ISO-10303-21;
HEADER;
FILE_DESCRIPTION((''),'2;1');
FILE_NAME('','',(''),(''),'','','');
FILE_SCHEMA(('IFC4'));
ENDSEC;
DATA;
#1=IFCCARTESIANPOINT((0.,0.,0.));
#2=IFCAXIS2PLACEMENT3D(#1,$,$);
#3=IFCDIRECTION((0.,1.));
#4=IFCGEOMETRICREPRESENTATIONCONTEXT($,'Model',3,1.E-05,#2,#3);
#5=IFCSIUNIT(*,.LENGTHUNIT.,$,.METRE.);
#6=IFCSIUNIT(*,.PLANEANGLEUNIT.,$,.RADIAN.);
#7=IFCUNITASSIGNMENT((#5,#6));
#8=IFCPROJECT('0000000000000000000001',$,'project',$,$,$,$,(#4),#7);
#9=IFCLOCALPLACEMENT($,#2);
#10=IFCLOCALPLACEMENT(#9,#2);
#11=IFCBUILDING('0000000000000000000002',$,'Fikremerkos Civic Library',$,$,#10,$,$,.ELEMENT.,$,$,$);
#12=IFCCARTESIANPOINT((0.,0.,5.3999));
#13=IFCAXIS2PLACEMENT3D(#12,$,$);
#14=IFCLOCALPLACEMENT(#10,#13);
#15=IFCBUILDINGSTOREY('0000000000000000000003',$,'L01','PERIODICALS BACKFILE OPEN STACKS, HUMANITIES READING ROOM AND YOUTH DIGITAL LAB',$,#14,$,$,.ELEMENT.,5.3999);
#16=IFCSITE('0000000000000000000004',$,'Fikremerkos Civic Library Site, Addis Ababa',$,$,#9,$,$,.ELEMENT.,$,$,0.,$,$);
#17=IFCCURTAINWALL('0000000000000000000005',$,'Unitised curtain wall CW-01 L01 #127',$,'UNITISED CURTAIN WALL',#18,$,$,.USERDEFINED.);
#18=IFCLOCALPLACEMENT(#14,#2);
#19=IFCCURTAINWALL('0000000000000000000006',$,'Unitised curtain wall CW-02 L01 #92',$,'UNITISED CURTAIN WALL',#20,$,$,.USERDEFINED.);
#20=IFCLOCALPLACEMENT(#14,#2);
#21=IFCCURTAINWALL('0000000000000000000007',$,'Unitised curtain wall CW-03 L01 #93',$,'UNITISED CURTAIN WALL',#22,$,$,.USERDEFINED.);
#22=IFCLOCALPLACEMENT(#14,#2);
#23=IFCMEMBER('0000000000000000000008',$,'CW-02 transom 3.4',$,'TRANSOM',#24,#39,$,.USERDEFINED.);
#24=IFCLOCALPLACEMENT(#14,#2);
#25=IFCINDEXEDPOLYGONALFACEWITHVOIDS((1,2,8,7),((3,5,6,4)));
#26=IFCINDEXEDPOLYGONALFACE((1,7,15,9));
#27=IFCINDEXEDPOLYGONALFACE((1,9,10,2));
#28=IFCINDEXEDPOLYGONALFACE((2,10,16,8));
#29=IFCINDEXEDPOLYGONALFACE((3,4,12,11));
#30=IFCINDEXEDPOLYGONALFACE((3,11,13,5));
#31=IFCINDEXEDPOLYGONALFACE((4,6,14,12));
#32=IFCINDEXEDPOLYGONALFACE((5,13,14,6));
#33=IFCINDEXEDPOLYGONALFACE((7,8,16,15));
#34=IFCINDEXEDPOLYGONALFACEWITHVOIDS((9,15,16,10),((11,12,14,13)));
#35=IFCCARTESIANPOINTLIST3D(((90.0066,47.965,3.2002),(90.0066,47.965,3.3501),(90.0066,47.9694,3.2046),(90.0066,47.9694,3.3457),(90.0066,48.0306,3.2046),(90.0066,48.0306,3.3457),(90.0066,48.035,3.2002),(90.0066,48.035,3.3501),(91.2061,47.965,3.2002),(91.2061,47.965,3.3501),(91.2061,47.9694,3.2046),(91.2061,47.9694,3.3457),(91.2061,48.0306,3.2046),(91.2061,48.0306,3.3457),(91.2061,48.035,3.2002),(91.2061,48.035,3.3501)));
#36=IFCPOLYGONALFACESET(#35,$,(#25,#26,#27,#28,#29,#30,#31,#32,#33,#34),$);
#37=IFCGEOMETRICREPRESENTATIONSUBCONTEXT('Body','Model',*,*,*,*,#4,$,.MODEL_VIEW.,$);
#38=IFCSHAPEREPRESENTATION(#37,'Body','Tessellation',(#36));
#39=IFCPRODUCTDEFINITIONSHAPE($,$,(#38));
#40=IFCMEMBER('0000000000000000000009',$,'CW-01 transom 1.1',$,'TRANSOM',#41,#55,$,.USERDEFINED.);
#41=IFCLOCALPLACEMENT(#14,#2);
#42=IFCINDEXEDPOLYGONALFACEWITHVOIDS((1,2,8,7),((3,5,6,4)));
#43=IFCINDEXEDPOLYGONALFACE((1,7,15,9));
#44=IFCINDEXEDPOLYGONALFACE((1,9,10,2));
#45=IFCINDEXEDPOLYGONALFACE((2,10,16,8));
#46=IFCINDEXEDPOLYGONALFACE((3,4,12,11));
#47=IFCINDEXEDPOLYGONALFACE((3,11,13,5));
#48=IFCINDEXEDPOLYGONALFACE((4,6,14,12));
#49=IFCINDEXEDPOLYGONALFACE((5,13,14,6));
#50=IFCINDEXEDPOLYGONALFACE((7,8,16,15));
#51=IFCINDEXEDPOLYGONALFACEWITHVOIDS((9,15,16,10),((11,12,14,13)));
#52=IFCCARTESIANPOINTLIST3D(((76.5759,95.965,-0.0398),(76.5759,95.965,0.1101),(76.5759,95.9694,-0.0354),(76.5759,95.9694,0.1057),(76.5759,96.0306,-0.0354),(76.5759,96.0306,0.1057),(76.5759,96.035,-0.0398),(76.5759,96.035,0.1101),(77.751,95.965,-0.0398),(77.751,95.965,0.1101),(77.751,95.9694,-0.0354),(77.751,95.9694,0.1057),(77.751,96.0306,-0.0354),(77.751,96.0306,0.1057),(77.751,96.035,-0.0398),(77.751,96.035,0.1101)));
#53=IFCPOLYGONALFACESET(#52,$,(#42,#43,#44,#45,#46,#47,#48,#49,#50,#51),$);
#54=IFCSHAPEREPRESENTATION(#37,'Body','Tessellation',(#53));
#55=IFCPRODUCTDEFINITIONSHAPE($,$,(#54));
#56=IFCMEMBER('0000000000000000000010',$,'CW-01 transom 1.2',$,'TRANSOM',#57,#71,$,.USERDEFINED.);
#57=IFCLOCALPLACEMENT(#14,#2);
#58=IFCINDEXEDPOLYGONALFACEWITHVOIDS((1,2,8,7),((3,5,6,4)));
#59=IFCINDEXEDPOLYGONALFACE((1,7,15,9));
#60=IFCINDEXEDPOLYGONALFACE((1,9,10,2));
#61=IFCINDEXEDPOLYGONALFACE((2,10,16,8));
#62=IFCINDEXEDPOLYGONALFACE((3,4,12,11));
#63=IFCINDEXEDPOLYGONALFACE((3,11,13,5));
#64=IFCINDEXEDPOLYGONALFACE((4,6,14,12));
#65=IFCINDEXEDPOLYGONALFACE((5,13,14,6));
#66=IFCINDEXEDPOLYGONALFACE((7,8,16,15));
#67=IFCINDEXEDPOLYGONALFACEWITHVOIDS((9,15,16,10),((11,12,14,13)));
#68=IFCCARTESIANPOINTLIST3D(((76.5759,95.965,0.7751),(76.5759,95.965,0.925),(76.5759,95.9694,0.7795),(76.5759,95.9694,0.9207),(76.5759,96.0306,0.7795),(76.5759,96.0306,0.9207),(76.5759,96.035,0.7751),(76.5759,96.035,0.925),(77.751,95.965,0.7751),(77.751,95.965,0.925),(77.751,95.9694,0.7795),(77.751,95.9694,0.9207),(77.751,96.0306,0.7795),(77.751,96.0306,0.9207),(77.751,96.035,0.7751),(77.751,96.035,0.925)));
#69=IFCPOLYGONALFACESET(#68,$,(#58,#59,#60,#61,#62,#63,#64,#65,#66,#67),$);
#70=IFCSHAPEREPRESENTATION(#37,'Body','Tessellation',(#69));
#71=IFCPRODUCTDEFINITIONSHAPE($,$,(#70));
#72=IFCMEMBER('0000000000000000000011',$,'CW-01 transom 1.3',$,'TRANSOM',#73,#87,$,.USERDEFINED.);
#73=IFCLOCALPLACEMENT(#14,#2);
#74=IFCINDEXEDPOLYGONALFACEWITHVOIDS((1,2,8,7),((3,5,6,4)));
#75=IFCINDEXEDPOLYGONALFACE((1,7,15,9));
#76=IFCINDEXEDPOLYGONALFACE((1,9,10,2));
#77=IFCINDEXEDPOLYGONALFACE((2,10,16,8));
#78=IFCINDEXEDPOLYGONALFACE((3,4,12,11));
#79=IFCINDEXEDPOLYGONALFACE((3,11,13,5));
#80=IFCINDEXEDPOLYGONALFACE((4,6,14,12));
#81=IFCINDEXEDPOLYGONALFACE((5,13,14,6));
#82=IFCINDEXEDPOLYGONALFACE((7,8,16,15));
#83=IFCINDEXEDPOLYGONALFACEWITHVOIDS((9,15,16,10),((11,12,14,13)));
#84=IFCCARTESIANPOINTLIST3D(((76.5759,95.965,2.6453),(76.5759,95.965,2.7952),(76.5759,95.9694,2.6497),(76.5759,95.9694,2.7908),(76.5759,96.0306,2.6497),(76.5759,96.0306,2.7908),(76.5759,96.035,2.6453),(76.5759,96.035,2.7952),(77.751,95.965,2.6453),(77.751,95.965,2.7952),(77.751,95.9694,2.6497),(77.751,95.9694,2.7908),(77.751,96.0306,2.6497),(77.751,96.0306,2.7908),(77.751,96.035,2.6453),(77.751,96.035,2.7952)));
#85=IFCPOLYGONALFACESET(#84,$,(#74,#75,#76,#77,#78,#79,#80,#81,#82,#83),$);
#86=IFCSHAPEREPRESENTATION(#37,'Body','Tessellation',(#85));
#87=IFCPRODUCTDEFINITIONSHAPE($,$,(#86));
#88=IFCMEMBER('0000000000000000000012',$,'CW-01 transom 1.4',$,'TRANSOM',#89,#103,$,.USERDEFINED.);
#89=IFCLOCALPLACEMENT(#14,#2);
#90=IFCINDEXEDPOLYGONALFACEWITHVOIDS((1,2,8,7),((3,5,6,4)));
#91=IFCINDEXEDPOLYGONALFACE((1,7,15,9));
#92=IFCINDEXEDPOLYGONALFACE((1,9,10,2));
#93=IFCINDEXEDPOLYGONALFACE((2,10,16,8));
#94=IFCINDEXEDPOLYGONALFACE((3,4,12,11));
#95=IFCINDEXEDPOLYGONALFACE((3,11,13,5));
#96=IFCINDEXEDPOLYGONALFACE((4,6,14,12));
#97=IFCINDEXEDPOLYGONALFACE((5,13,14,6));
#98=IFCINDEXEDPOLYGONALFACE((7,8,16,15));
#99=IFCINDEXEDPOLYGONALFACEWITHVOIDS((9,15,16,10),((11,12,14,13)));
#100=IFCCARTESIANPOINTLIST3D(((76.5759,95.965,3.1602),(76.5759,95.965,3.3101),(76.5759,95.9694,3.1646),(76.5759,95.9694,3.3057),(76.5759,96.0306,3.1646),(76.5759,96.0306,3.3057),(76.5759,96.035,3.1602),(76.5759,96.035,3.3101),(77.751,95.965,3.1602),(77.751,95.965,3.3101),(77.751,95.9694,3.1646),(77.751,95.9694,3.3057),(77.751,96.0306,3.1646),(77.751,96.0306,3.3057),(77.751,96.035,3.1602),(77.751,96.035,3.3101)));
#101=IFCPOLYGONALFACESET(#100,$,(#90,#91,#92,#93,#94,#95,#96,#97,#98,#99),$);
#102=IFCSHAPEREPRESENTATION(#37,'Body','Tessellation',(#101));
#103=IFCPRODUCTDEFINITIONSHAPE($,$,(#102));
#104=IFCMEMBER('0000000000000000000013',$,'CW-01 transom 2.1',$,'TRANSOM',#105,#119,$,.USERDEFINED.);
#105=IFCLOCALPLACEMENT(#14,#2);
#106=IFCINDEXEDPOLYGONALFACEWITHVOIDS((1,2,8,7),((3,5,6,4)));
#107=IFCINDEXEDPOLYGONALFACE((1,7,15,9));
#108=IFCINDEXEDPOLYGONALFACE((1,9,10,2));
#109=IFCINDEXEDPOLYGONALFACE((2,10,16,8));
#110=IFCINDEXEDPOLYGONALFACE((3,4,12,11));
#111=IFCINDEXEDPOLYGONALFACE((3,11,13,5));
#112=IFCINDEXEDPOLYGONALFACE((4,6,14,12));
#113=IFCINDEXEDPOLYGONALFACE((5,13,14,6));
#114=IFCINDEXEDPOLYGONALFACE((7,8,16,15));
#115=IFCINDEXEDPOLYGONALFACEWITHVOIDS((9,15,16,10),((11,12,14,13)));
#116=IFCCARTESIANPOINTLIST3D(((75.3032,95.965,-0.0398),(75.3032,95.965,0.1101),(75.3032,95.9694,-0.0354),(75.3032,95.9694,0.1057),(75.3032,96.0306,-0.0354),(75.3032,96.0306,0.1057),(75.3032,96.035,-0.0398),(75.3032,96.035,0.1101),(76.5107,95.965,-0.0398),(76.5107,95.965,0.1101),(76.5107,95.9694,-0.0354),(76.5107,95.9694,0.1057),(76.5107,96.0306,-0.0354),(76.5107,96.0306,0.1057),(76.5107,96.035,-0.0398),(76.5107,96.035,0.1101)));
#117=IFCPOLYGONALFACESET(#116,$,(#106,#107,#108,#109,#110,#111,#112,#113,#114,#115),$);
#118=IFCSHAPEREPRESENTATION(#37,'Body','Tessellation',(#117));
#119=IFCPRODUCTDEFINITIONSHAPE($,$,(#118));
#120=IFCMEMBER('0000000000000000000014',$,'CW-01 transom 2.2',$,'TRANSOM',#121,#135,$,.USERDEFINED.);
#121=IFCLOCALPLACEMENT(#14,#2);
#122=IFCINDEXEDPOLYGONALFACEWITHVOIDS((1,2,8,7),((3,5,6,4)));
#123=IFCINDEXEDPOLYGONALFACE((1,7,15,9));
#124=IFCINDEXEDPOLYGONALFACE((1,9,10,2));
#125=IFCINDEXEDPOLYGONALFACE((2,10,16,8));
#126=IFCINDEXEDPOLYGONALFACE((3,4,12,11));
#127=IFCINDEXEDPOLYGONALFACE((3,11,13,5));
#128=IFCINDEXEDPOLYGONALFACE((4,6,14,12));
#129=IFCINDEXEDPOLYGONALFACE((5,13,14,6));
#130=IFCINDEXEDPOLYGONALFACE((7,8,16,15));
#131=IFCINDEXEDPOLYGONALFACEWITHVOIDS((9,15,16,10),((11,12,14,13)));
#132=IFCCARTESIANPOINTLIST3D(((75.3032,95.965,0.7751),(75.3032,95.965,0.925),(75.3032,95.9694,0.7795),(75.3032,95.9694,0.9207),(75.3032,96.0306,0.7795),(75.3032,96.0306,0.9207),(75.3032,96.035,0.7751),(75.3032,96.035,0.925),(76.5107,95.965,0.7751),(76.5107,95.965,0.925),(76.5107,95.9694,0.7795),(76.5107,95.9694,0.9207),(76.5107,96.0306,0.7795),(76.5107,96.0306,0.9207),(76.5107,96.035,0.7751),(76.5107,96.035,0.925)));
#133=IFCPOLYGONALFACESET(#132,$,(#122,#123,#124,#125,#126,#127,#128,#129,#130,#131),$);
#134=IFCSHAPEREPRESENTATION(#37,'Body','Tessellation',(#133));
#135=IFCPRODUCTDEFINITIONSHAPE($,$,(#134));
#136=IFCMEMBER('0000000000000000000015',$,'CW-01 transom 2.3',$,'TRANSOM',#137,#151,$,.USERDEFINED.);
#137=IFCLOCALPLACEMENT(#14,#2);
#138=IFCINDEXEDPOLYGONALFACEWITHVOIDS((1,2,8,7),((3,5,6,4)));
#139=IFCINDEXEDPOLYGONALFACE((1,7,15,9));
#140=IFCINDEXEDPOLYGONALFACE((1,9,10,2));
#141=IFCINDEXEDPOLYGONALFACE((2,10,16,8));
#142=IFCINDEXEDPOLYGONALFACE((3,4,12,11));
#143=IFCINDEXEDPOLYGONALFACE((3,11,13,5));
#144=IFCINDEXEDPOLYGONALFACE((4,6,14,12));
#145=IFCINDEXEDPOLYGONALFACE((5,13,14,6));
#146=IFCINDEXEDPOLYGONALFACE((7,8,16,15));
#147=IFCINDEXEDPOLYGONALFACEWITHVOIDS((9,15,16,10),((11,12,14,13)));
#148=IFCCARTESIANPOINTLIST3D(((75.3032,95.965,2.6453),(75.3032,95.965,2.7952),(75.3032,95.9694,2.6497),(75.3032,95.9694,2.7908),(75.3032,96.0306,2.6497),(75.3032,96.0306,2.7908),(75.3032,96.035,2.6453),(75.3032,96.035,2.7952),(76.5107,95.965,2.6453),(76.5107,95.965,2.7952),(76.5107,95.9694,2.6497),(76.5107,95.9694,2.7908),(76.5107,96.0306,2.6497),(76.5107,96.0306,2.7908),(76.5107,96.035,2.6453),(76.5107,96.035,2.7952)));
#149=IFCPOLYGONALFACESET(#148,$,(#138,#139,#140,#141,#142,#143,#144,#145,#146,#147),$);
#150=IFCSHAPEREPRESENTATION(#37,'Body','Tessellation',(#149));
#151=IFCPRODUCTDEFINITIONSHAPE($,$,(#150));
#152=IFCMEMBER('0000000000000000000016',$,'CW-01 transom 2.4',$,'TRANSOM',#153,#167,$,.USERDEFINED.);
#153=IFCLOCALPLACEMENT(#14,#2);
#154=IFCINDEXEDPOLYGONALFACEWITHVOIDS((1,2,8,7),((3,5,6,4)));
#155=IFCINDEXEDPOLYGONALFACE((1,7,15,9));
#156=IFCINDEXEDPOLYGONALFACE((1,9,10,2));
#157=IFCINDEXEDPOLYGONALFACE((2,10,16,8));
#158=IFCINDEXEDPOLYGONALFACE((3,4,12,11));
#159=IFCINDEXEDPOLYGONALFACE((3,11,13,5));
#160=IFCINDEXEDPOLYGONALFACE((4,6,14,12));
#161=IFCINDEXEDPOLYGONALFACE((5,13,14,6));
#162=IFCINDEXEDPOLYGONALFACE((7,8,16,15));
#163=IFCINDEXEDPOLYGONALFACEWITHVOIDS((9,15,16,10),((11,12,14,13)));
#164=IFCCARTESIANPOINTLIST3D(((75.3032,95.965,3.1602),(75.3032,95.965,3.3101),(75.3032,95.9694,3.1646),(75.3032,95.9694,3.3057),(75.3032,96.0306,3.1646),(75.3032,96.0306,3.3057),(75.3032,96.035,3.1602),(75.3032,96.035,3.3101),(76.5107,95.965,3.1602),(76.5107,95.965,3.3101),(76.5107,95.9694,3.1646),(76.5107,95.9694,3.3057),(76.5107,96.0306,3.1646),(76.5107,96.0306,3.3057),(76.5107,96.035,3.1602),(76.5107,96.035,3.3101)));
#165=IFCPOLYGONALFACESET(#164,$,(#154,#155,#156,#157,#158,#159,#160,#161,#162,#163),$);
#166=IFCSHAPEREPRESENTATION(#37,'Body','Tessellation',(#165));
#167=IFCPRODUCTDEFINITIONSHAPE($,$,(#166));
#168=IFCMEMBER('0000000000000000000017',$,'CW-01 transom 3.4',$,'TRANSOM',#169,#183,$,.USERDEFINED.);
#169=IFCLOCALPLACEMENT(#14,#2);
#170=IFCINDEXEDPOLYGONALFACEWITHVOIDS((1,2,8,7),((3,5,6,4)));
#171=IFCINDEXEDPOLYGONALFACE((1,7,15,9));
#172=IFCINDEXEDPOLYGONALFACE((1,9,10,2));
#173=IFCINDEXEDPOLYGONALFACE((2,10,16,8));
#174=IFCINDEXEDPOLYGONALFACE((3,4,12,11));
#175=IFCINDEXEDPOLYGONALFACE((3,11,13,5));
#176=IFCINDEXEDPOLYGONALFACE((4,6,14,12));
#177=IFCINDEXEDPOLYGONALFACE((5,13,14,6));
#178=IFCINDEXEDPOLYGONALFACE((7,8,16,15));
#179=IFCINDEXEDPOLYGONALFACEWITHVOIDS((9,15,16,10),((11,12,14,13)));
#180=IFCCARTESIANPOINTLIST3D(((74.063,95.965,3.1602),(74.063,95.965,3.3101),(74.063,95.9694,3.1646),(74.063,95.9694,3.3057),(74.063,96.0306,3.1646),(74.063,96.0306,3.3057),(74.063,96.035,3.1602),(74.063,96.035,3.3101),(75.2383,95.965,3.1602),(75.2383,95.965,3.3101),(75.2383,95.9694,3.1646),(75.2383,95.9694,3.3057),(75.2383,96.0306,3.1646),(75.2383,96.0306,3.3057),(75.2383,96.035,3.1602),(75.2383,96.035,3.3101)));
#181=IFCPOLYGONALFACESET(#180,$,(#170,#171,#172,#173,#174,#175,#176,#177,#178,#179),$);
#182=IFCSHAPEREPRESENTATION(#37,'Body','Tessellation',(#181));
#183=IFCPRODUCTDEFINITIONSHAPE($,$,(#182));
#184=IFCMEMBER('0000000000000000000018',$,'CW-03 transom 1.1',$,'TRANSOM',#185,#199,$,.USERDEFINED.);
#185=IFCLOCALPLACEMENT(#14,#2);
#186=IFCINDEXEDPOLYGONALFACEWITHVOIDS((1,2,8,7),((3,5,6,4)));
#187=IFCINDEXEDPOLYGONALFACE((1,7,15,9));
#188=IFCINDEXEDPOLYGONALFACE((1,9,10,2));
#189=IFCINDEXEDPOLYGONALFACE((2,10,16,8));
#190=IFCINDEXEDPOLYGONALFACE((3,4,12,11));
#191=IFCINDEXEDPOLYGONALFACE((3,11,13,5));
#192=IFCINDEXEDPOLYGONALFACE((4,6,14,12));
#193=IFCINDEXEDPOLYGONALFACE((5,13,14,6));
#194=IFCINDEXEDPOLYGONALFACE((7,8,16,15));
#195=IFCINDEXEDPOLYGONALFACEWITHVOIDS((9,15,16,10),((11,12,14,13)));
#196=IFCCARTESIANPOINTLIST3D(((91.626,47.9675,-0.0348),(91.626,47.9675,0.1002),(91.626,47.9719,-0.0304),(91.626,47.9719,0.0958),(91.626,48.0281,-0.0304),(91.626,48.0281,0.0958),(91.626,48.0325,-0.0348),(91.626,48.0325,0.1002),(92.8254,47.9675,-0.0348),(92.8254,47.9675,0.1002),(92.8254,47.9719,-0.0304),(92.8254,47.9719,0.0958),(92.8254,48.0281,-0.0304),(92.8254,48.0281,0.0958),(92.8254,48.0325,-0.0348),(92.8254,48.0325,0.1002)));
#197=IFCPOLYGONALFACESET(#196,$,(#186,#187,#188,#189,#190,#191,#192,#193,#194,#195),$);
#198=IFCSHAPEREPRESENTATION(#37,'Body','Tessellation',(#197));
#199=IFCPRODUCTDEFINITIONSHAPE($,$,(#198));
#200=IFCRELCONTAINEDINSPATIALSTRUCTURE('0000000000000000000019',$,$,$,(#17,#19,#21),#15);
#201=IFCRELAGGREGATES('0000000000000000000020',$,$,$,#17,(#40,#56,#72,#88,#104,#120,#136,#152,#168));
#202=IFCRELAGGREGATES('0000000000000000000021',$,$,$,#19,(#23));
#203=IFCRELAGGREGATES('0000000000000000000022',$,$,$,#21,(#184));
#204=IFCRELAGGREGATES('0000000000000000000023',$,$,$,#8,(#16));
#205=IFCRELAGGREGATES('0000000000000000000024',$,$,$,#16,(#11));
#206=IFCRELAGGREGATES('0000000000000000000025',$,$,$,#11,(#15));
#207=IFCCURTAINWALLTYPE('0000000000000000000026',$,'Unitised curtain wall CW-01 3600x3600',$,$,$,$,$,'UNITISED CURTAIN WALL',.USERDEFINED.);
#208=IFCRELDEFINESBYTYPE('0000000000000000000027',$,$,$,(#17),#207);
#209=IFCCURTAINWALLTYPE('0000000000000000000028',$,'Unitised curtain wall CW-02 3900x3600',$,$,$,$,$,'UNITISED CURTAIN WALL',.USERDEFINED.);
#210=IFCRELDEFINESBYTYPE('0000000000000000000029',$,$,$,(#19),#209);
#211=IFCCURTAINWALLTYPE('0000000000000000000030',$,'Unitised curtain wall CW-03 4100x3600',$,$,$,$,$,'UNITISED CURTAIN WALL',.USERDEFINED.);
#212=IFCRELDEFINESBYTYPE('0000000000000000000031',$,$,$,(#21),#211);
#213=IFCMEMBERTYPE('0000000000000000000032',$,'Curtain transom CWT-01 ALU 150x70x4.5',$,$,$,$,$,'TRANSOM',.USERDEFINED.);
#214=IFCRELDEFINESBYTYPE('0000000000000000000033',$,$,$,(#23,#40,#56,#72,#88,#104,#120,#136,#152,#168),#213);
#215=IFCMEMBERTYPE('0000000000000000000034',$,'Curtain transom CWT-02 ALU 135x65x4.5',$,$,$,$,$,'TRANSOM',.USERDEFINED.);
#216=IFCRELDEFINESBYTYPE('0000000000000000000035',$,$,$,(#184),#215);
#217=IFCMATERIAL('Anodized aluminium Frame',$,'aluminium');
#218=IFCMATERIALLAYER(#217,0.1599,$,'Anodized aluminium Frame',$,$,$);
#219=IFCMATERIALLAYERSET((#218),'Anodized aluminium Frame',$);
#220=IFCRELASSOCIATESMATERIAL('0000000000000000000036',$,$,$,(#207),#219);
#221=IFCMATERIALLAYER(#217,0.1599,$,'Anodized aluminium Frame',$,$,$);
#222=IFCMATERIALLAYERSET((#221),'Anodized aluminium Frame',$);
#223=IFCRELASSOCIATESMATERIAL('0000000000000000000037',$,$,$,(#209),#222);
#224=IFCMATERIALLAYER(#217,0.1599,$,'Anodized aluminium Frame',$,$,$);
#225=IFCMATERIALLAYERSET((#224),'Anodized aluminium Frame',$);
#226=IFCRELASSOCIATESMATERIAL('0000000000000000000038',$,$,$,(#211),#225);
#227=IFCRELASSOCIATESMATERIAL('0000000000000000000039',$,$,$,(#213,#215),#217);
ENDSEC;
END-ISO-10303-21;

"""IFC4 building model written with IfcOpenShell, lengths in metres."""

from ifc_helpers import new_model, si_unit, direction, frame, origin, origin_2d, place, context, subcontext, project, spatial, hollow_rectangle, extrude, material, layer, layer_set, material_profile, profile_set, type_object, element, aggregate, save


model = new_model("IFC4")

# Units and contexts
model_context = context("Model", 3, precision=1e-05, world=origin(), true_north=direction((0.0, 1.0)))
body_context = subcontext(model_context, "Body", "Model", "MODEL_VIEW")
ifc_project = project(units=[si_unit("LENGTHUNIT", "METRE"), si_unit("PLANEANGLEUNIT", "RADIAN")], contexts=[model_context])

# Site, building, storey
site_placement = place(None, origin())
site = spatial("IfcSite", under=ifc_project, at=site_placement, Name="Fikremerkos Civic Library Site, Addis Ababa", CompositionType="ELEMENT", RefElevation=0.0)
building_placement = place(site_placement, origin())
building = spatial("IfcBuilding", under=site, at=building_placement, Name="Fikremerkos Civic Library", CompositionType="ELEMENT")
storey_placement = place(building_placement, frame((0.0, 0.0, 5.3999)))
storey = spatial("IfcBuildingStorey", under=building, at=storey_placement, Name="L01", Description="PERIODICALS BACKFILE OPEN STACKS, HUMANITIES READING ROOM AND YOUTH DIGITAL LAB", CompositionType="ELEMENT", Elevation=5.3999)

# Curtain walls
ifc_material_1 = material(Name="Anodized aluminium Frame", Category="aluminium")
ifc_layer_1 = layer(ifc_material_1, 0.1599, Name="Anodized aluminium Frame")
ifc_layer_set_1 = layer_set([ifc_layer_1], Name="Anodized aluminium Frame")
curtain_wall_type_1 = type_object("IfcCurtainWallType", Name="Unitised curtain wall CW-01 3600x3600", ElementType="UNITISED CURTAIN WALL", PredefinedType="USERDEFINED", material=ifc_layer_set_1)
curtain_wall_1_placement = place(storey_placement, origin())
curtain_wall_1 = element("IfcCurtainWall", 1, at=curtain_wall_1_placement, inside=storey, type_object=curtain_wall_type_1, Name="Unitised curtain wall CW-01 L01 #127", ObjectType="UNITISED CURTAIN WALL", PredefinedType="USERDEFINED")
ifc_layer_2 = layer(ifc_material_1, 0.1599, Name="Anodized aluminium Frame")
ifc_layer_set_2 = layer_set([ifc_layer_2], Name="Anodized aluminium Frame")
curtain_wall_type_2 = type_object("IfcCurtainWallType", Name="Unitised curtain wall CW-02 3900x3600", ElementType="UNITISED CURTAIN WALL", PredefinedType="USERDEFINED", material=ifc_layer_set_2)
curtain_wall_2_placement = place(storey_placement, origin())
curtain_wall_2 = element("IfcCurtainWall", 2, at=curtain_wall_2_placement, inside=storey, type_object=curtain_wall_type_2, Name="Unitised curtain wall CW-02 L01 #92", ObjectType="UNITISED CURTAIN WALL", PredefinedType="USERDEFINED")

# Curtain wall
ifc_layer_3 = layer(ifc_material_1, 0.1599, Name="Anodized aluminium Frame")
ifc_layer_set_3 = layer_set([ifc_layer_3], Name="Anodized aluminium Frame")
curtain_wall_type_3 = type_object("IfcCurtainWallType", Name="Unitised curtain wall CW-03 4100x3600", ElementType="UNITISED CURTAIN WALL", PredefinedType="USERDEFINED", material=ifc_layer_set_3)
curtain_wall_3_placement = place(storey_placement, origin())
curtain_wall_3 = element("IfcCurtainWall", 3, at=curtain_wall_3_placement, inside=storey, type_object=curtain_wall_type_3, Name="Unitised curtain wall CW-03 L01 #93", ObjectType="UNITISED CURTAIN WALL", PredefinedType="USERDEFINED")

# Members
ifc_material_profile_1 = material_profile(ifc_material_1, hollow_rectangle(XDim=0.0701, YDim=0.1499, WallThickness=0.0044, at=origin_2d()), Name="ALU 150x70x4.5")
ifc_profile_set_1 = profile_set([ifc_material_profile_1], Name="Anodized aluminium Frame")
member_type_1 = type_object("IfcMemberType", Name="Curtain transom CWT-01 ALU 150x70x4.5", ElementType="TRANSOM", PredefinedType="USERDEFINED", material=ifc_profile_set_1)
member_1_placement = place(storey_placement, frame((90.0066, 48.0, 3.2751), z_axis=(1.0, 0.0, 0.0), x_axis=(0.0, 1.0, 0.0)))
member_1 = element("IfcMember", 4, at=member_1_placement, type_object=member_type_1, Name="CW-02 transom 3.4", ObjectType="TRANSOM", PredefinedType="USERDEFINED", context=body_context, shape_type="SweptSolid", body=[
    extrude(hollow_rectangle(XDim=0.0701, YDim=0.1499, WallThickness=0.0044, at=origin_2d()), origin(), (0.0, 0.0, 1.0), 1.1995),
])
member_2_placement = place(storey_placement, frame((77.751, 96.0, 0.0352), z_axis=(-1.0, 0.0, 0.0), x_axis=(0.0, -1.0, 0.0)))
member_2 = element("IfcMember", 5, at=member_2_placement, type_object=member_type_1, Name="CW-01 transom 1.1", ObjectType="TRANSOM", PredefinedType="USERDEFINED", context=body_context, shape_type="SweptSolid", body=[
    extrude(hollow_rectangle(XDim=0.0701, YDim=0.1499, WallThickness=0.0044, at=origin_2d()), origin(), (0.0, 0.0, 1.0), 1.175),
])
member_3_placement = place(storey_placement, frame((77.751, 96.0, 0.8501), z_axis=(-1.0, 0.0, 0.0), x_axis=(0.0, -1.0, 0.0)))
member_3 = element("IfcMember", 6, at=member_3_placement, type_object=member_type_1, Name="CW-01 transom 1.2", ObjectType="TRANSOM", PredefinedType="USERDEFINED", context=body_context, shape_type="SweptSolid", body=[
    extrude(hollow_rectangle(XDim=0.0701, YDim=0.1499, WallThickness=0.0044, at=origin_2d()), origin(), (0.0, 0.0, 1.0), 1.175),
])
member_4_placement = place(storey_placement, frame((77.751, 96.0, 2.7202), z_axis=(-1.0, 0.0, 0.0), x_axis=(0.0, -1.0, 0.0)))
member_4 = element("IfcMember", 7, at=member_4_placement, type_object=member_type_1, Name="CW-01 transom 1.3", ObjectType="TRANSOM", PredefinedType="USERDEFINED", context=body_context, shape_type="SweptSolid", body=[
    extrude(hollow_rectangle(XDim=0.0701, YDim=0.1499, WallThickness=0.0044, at=origin_2d()), origin(), (0.0, 0.0, 1.0), 1.175),
])
member_5_placement = place(storey_placement, frame((77.751, 96.0, 3.2351), z_axis=(-1.0, 0.0, 0.0), x_axis=(0.0, -1.0, 0.0)))
member_5 = element("IfcMember", 8, at=member_5_placement, type_object=member_type_1, Name="CW-01 transom 1.4", ObjectType="TRANSOM", PredefinedType="USERDEFINED", context=body_context, shape_type="SweptSolid", body=[
    extrude(hollow_rectangle(XDim=0.0701, YDim=0.1499, WallThickness=0.0044, at=origin_2d()), origin(), (0.0, 0.0, 1.0), 1.175),
])
member_6_placement = place(storey_placement, frame((76.5107, 96.0, 0.0352), z_axis=(-1.0, 0.0, 0.0), x_axis=(0.0, -1.0, 0.0)))
member_6 = element("IfcMember", 9, at=member_6_placement, type_object=member_type_1, Name="CW-01 transom 2.1", ObjectType="TRANSOM", PredefinedType="USERDEFINED", context=body_context, shape_type="SweptSolid", body=[
    extrude(hollow_rectangle(XDim=0.0701, YDim=0.1499, WallThickness=0.0044, at=origin_2d()), origin(), (0.0, 0.0, 1.0), 1.2075),
])
member_7_placement = place(storey_placement, frame((76.5107, 96.0, 0.8501), z_axis=(-1.0, 0.0, 0.0), x_axis=(0.0, -1.0, 0.0)))
member_7 = element("IfcMember", 10, at=member_7_placement, type_object=member_type_1, Name="CW-01 transom 2.2", ObjectType="TRANSOM", PredefinedType="USERDEFINED", context=body_context, shape_type="SweptSolid", body=[
    extrude(hollow_rectangle(XDim=0.0701, YDim=0.1499, WallThickness=0.0044, at=origin_2d()), origin(), (0.0, 0.0, 1.0), 1.2075),
])
member_8_placement = place(storey_placement, frame((76.5107, 96.0, 2.7202), z_axis=(-1.0, 0.0, 0.0), x_axis=(0.0, -1.0, 0.0)))
member_8 = element("IfcMember", 11, at=member_8_placement, type_object=member_type_1, Name="CW-01 transom 2.3", ObjectType="TRANSOM", PredefinedType="USERDEFINED", context=body_context, shape_type="SweptSolid", body=[
    extrude(hollow_rectangle(XDim=0.0701, YDim=0.1499, WallThickness=0.0044, at=origin_2d()), origin(), (0.0, 0.0, 1.0), 1.2075),
])
member_9_placement = place(storey_placement, frame((76.5107, 96.0, 3.2351), z_axis=(-1.0, 0.0, 0.0), x_axis=(0.0, -1.0, 0.0)))
member_9 = element("IfcMember", 12, at=member_9_placement, type_object=member_type_1, Name="CW-01 transom 2.4", ObjectType="TRANSOM", PredefinedType="USERDEFINED", context=body_context, shape_type="SweptSolid", body=[
    extrude(hollow_rectangle(XDim=0.0701, YDim=0.1499, WallThickness=0.0044, at=origin_2d()), origin(), (0.0, 0.0, 1.0), 1.2075),
])
member_10_placement = place(storey_placement, frame((75.2383, 96.0, 3.2351), z_axis=(-1.0, 0.0, 0.0), x_axis=(0.0, -1.0, 0.0)))
member_10 = element("IfcMember", 13, at=member_10_placement, type_object=member_type_1, Name="CW-01 transom 3.4", ObjectType="TRANSOM", PredefinedType="USERDEFINED", context=body_context, shape_type="SweptSolid", body=[
    extrude(hollow_rectangle(XDim=0.0701, YDim=0.1499, WallThickness=0.0044, at=origin_2d()), origin(), (0.0, 0.0, 1.0), 1.1753),
])
ifc_material_profile_2 = material_profile(ifc_material_1, hollow_rectangle(XDim=0.0649, YDim=0.135, WallThickness=0.0044, at=origin_2d()), Name="ALU 135x65x4.5")
ifc_profile_set_2 = profile_set([ifc_material_profile_2], Name="Anodized aluminium Frame")
member_type_2 = type_object("IfcMemberType", Name="Curtain transom CWT-02 ALU 135x65x4.5", ElementType="TRANSOM", PredefinedType="USERDEFINED", material=ifc_profile_set_2)
member_11_placement = place(storey_placement, frame((91.626, 48.0, 0.0327), z_axis=(1.0, 0.0, 0.0), x_axis=(0.0, 1.0, 0.0)))
member_11 = element("IfcMember", 14, at=member_11_placement, type_object=member_type_2, Name="CW-03 transom 1.1", ObjectType="TRANSOM", PredefinedType="USERDEFINED", context=body_context, shape_type="SweptSolid", body=[
    extrude(hollow_rectangle(XDim=0.0649, YDim=0.135, WallThickness=0.0044, at=origin_2d()), origin(), (0.0, 0.0, 1.0), 1.1995),
])

aggregate(curtain_wall_1, [member_2, member_3, member_4, member_5, member_6, member_7, member_8, member_9, member_10])
aggregate(curtain_wall_2, [member_1])
aggregate(curtain_wall_3, [member_11])

save(model, "model.ifc")
